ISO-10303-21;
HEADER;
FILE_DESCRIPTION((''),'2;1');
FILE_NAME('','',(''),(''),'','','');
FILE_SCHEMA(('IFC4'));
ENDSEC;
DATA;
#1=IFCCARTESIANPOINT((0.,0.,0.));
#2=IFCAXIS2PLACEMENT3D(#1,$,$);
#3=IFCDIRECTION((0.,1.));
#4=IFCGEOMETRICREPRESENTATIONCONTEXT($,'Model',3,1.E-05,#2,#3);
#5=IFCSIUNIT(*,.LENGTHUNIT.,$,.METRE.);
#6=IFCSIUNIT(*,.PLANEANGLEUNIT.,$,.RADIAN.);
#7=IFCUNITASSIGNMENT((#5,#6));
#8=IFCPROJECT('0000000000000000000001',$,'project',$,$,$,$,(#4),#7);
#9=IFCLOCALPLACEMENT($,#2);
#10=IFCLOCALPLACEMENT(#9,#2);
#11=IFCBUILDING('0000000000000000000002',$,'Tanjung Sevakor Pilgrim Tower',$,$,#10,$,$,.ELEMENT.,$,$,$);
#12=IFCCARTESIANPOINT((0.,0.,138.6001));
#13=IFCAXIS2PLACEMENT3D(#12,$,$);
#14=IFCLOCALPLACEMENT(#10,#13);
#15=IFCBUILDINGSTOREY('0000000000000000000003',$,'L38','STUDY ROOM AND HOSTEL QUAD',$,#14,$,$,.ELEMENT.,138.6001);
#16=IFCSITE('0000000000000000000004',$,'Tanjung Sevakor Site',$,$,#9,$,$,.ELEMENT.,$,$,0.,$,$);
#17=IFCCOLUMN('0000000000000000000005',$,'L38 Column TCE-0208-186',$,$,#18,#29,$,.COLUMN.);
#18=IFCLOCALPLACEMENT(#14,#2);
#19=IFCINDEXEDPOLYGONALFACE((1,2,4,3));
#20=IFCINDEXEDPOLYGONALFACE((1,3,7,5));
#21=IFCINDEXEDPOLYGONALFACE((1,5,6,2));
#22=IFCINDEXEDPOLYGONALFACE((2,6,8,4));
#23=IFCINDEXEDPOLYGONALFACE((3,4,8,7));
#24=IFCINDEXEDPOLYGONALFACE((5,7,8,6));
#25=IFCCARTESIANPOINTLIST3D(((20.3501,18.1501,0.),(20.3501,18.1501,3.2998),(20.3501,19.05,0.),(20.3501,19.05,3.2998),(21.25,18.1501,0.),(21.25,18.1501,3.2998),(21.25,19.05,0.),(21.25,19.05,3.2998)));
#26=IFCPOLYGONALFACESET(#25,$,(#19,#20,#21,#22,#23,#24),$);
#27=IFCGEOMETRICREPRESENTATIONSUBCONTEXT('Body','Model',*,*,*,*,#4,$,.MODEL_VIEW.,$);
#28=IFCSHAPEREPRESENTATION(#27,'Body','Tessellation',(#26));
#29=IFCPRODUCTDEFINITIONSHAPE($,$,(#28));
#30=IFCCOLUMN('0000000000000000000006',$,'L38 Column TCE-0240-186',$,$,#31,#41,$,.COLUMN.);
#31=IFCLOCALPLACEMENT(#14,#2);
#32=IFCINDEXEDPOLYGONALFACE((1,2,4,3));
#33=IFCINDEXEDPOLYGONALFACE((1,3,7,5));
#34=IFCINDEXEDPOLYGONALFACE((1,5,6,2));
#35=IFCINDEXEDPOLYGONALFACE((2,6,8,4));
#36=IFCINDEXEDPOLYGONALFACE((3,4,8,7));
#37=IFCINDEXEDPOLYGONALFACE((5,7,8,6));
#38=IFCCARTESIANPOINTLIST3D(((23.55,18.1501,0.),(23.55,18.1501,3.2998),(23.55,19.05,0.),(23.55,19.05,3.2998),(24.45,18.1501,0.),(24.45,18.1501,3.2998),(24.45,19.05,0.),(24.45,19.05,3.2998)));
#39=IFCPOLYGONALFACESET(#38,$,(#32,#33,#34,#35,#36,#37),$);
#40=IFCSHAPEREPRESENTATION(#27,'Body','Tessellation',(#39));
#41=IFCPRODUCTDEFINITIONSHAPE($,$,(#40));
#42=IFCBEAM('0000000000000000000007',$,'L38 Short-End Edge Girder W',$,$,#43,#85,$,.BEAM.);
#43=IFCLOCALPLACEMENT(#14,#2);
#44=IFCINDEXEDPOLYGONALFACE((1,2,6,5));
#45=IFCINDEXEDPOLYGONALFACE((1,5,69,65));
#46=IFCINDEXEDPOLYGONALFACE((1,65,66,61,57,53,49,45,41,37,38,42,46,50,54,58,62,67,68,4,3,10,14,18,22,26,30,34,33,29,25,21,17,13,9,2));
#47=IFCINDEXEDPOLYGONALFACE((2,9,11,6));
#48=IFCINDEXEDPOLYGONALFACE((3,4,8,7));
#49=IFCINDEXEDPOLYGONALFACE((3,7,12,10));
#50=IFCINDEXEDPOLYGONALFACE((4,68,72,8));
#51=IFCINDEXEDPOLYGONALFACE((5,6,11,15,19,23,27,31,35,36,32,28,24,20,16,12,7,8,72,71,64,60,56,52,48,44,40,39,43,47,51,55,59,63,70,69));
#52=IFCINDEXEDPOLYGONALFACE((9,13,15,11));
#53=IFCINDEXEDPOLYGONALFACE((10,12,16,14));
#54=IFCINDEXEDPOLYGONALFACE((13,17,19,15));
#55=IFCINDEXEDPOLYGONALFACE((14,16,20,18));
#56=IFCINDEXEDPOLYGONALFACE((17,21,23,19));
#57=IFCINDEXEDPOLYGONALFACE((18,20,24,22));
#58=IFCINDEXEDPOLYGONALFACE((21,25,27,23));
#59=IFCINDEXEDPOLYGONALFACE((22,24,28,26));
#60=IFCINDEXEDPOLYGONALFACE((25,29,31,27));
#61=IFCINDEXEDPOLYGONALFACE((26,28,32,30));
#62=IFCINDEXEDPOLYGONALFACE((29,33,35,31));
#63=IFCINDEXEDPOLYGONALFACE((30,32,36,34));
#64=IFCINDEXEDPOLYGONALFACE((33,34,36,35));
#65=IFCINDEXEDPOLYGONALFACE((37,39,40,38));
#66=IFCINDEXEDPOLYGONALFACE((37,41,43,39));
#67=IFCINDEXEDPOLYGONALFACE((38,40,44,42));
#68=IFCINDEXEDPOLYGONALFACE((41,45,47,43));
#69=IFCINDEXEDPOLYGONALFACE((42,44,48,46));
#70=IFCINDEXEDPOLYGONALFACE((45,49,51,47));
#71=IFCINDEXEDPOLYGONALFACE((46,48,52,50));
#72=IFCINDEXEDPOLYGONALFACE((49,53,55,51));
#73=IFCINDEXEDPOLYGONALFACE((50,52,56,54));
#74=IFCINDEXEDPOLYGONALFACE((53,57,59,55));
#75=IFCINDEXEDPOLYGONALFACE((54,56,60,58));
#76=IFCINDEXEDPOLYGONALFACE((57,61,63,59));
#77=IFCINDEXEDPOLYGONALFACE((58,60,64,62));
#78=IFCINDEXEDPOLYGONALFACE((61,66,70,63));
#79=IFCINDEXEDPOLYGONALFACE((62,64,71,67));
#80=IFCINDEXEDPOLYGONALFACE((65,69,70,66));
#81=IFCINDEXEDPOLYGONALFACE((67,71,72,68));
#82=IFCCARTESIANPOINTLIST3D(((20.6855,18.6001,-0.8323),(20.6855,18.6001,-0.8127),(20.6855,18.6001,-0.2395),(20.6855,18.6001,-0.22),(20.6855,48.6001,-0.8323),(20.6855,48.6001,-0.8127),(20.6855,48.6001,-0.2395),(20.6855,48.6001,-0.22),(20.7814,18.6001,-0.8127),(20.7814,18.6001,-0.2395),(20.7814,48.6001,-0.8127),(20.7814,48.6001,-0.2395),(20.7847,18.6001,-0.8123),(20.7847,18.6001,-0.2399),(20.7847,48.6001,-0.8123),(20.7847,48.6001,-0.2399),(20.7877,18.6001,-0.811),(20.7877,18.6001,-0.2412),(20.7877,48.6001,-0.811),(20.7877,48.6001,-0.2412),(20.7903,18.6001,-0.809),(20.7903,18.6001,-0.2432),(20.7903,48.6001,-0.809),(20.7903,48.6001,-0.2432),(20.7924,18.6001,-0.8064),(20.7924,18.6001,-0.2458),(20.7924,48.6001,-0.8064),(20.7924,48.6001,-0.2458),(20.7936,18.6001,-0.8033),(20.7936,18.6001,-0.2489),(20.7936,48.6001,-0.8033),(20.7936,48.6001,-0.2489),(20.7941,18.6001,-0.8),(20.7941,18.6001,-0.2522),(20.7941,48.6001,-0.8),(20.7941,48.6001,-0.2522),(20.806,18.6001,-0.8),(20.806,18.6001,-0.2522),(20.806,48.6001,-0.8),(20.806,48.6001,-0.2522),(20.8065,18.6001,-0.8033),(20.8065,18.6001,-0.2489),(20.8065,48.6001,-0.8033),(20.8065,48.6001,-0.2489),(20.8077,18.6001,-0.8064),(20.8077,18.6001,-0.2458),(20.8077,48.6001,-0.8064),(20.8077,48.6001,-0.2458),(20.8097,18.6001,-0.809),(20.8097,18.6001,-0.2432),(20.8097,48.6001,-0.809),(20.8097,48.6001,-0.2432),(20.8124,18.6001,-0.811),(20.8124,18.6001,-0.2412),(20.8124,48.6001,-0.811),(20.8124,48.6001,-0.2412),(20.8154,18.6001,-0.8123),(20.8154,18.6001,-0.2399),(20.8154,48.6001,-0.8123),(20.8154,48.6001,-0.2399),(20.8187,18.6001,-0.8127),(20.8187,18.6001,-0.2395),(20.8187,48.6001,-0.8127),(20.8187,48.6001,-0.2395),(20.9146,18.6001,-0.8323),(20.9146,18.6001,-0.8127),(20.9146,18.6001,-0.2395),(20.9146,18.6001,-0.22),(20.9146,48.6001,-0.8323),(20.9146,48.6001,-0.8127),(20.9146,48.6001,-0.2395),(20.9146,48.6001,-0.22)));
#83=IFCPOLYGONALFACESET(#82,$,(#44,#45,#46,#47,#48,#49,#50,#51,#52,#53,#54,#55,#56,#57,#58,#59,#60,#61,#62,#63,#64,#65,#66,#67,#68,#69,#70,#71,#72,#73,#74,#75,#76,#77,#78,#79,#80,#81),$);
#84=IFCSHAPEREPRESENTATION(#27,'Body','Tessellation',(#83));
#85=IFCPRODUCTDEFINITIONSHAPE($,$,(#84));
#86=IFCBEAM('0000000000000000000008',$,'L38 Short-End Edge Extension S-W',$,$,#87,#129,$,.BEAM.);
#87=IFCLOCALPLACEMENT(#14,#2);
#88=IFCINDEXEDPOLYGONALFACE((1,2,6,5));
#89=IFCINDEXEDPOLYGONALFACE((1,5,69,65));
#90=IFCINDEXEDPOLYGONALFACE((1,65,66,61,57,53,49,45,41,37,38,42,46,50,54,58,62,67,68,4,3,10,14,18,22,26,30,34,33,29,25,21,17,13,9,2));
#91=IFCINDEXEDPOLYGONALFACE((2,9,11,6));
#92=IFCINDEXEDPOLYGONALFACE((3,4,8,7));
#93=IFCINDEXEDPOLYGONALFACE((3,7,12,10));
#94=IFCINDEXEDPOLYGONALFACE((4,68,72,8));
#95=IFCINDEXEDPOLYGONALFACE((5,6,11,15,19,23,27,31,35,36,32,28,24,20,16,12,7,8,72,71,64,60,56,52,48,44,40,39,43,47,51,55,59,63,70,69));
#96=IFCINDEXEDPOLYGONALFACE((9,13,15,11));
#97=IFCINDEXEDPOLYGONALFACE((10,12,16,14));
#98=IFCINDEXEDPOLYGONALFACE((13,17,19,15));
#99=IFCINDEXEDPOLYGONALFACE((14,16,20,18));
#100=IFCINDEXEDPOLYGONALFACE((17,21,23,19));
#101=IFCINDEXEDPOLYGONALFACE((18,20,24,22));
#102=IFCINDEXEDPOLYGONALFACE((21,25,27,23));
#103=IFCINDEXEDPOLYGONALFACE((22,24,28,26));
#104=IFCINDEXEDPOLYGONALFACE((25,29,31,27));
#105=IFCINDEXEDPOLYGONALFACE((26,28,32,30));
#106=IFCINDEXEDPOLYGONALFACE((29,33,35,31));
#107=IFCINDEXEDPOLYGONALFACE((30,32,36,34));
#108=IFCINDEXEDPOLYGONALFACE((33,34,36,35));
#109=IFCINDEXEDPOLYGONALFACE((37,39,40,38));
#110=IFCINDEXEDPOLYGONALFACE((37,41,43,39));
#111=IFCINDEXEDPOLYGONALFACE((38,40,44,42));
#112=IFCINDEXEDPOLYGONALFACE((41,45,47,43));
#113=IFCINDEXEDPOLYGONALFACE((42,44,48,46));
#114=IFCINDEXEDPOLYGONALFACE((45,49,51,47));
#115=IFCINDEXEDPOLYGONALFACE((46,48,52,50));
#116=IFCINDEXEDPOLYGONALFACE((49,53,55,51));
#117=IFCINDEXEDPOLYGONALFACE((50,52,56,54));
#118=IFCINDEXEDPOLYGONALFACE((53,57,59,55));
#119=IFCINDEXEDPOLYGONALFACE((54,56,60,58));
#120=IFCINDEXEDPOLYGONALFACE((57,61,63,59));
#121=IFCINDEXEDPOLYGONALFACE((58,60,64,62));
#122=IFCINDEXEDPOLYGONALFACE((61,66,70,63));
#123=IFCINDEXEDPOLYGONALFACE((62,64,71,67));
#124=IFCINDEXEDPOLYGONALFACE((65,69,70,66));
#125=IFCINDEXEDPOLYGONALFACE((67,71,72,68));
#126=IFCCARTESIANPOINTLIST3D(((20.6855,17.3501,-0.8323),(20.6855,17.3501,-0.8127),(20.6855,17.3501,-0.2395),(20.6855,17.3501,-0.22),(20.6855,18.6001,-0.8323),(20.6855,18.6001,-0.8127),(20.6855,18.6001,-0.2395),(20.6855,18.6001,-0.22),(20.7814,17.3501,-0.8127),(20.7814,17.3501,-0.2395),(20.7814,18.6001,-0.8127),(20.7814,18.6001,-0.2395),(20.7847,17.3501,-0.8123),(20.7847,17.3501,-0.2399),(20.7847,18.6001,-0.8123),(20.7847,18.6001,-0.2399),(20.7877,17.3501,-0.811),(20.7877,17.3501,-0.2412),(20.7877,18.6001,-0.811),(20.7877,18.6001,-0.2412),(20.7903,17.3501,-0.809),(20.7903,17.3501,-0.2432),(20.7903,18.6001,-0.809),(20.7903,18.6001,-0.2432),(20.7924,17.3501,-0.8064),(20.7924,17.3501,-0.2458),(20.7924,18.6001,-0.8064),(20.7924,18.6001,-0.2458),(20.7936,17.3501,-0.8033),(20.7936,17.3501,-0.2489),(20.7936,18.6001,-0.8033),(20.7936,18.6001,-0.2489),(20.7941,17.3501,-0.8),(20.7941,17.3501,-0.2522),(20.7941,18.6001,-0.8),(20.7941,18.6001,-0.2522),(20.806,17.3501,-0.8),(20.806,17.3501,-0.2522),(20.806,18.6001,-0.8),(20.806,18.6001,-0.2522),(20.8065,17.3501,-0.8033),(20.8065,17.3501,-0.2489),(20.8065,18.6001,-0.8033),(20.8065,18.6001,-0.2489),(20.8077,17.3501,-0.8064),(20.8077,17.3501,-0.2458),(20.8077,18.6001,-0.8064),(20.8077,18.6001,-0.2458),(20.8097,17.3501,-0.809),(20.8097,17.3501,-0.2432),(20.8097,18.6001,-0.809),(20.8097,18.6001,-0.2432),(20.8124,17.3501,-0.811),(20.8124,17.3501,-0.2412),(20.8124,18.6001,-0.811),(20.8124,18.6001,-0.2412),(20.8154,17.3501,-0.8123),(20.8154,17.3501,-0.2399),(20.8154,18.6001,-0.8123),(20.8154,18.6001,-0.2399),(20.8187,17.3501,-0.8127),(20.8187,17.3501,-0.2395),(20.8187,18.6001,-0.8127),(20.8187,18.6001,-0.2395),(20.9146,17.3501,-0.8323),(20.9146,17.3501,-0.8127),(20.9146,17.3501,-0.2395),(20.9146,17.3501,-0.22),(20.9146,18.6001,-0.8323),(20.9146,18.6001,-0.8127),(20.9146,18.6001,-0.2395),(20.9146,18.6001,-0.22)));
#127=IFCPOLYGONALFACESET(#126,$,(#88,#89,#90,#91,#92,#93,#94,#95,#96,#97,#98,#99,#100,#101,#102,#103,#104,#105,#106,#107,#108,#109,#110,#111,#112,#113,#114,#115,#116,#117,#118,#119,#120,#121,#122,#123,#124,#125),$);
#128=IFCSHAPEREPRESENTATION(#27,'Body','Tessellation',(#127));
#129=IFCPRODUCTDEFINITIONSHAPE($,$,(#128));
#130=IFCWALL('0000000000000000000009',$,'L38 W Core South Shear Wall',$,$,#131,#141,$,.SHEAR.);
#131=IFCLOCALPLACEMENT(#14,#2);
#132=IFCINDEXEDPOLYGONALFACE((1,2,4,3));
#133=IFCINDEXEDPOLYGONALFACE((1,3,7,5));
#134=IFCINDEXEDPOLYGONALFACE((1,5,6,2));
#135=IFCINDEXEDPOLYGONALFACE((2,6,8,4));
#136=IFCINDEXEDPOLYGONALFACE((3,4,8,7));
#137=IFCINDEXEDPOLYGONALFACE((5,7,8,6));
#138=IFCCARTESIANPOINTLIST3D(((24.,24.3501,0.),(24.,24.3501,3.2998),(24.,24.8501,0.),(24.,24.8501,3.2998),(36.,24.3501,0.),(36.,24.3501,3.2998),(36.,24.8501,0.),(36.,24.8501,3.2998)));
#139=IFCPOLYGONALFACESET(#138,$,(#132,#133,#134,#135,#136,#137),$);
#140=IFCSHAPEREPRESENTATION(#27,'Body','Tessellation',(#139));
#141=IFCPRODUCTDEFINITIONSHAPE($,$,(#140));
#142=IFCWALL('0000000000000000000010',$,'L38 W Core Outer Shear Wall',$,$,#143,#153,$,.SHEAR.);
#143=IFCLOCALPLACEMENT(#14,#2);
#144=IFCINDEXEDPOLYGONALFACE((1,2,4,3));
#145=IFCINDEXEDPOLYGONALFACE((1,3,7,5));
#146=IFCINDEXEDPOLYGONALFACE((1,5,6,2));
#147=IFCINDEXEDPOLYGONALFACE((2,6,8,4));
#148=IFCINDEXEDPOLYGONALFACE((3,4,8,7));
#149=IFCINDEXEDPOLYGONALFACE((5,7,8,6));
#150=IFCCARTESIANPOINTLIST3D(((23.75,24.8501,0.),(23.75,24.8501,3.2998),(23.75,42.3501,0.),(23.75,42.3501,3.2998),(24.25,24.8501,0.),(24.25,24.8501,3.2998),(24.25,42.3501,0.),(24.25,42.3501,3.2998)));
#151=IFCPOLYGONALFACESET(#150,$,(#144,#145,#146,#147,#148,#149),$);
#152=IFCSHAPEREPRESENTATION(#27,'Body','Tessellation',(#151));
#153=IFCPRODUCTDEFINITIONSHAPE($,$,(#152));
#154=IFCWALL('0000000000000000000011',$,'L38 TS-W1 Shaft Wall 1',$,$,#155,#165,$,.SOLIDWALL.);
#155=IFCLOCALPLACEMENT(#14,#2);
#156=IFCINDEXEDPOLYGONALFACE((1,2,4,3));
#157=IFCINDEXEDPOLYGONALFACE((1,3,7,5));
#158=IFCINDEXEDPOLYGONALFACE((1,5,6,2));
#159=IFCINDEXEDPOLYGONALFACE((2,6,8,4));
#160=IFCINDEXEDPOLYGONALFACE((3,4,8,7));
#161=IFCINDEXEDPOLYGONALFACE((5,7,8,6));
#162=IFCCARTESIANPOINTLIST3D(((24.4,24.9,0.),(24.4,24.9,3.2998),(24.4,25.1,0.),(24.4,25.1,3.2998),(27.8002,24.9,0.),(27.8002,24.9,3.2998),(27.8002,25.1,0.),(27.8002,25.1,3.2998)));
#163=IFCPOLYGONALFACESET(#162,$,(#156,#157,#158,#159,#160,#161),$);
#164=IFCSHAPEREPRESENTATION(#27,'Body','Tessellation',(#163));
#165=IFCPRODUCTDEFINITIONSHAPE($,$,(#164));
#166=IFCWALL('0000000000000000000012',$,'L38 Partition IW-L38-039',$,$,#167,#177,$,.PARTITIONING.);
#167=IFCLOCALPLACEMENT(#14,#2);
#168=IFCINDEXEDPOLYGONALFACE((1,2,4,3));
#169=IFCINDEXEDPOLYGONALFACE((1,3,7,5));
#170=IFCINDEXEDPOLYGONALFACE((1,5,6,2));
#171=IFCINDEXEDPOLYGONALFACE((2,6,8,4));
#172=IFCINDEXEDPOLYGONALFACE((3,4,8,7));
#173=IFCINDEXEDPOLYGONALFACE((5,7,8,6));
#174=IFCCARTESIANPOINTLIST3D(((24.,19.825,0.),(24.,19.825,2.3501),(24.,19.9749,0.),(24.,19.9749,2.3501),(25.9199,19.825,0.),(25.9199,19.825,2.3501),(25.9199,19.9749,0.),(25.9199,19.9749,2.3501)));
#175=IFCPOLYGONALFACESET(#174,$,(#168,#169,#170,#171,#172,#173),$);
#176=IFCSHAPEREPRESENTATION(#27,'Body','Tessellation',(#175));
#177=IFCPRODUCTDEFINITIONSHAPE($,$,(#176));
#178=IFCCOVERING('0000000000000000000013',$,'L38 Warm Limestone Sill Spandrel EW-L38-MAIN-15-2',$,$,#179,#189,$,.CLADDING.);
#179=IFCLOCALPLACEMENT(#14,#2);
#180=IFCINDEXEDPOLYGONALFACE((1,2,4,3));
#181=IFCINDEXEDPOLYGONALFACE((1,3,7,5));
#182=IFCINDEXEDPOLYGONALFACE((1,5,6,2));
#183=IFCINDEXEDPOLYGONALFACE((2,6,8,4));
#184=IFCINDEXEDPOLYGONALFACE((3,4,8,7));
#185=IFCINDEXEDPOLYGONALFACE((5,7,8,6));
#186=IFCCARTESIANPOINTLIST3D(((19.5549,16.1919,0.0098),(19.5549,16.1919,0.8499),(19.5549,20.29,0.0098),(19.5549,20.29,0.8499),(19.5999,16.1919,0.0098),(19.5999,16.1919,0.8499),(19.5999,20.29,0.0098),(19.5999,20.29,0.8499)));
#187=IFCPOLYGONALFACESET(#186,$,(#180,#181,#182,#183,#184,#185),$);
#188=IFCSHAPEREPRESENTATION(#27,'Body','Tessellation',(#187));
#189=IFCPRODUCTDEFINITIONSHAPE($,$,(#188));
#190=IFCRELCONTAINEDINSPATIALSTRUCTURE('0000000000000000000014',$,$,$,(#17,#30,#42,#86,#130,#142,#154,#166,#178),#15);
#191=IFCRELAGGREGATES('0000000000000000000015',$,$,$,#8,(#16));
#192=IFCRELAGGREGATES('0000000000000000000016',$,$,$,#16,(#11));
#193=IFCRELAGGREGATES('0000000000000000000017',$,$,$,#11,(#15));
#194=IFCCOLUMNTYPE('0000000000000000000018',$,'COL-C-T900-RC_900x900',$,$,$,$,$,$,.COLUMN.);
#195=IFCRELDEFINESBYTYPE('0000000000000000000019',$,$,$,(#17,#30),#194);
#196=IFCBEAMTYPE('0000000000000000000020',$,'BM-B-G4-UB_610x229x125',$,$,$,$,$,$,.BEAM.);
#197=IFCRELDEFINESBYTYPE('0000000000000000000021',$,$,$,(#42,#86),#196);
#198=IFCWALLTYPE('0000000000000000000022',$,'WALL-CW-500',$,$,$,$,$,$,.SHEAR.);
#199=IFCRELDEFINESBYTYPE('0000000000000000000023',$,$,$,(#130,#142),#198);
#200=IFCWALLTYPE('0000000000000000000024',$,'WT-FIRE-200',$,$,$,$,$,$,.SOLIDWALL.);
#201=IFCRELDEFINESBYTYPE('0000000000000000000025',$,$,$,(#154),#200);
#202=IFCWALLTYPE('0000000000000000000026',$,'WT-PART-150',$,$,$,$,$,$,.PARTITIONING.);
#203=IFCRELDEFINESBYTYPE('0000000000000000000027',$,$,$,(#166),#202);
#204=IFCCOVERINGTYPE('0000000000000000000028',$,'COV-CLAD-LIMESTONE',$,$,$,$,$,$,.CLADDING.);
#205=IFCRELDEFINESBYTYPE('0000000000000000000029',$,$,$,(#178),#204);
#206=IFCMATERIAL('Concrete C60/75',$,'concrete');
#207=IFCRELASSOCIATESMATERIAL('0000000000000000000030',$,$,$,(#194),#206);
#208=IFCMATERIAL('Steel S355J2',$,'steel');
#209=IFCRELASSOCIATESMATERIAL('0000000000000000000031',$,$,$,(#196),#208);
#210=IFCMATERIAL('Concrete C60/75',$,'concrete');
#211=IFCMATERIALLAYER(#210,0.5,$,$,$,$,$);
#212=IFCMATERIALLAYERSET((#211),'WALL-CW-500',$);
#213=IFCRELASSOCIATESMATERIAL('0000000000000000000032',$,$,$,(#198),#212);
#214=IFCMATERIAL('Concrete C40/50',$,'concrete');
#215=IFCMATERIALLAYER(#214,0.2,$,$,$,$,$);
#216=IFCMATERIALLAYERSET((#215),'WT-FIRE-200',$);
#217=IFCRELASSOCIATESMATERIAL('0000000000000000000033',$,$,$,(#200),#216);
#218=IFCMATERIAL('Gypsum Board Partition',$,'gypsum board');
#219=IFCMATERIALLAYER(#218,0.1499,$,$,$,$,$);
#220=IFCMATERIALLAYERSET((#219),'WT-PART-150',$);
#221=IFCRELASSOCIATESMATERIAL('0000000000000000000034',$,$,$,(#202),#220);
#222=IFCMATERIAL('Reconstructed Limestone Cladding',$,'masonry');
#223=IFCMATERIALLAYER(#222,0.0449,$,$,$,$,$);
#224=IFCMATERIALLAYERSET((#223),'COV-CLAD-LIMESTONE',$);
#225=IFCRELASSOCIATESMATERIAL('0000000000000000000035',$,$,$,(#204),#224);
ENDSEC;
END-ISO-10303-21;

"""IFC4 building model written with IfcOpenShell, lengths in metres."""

from ifc_helpers import new_model, si_unit, direction, frame, frame_2d, origin, origin_2d, place, context, subcontext, project, spatial, rectangle, i_section, extrude, material, layer, layer_set, material_profile, profile_set, type_object, element, save


model = new_model("IFC4")

# Units and contexts
model_context = context("Model", 3, precision=1e-05, world=origin(), true_north=direction((0.0, 1.0)))
body_context = subcontext(model_context, "Body", "Model", "MODEL_VIEW")
ifc_project = project(units=[si_unit("LENGTHUNIT", "METRE"), si_unit("PLANEANGLEUNIT", "RADIAN")], contexts=[model_context])

# Site, building, storey
site_placement = place(None, origin())
site = spatial("IfcSite", under=ifc_project, at=site_placement, Name="Tanjung Sevakor Site", CompositionType="ELEMENT", RefElevation=0.0)
building_placement = place(site_placement, origin())
building = spatial("IfcBuilding", under=site, at=building_placement, Name="Tanjung Sevakor Pilgrim Tower", CompositionType="ELEMENT")
storey_placement = place(building_placement, frame((0.0, 0.0, 138.6001)))
storey = spatial("IfcBuildingStorey", under=building, at=storey_placement, Name="L38", Description="STUDY ROOM AND HOSTEL QUAD", CompositionType="ELEMENT", Elevation=138.6001)

# Columns
ifc_material_1 = material(Name="Concrete C60/75", Category="concrete")
ifc_material_profile_1 = material_profile(ifc_material_1, rectangle(XDim=0.8999, YDim=0.8999, at=origin_2d()))
ifc_profile_set_1 = profile_set([ifc_material_profile_1], Name="Concrete C60/75")
column_type = type_object("IfcColumnType", Name="COL-C-T900-RC_900x900", PredefinedType="COLUMN", material=ifc_profile_set_1)
for number, where, z_axis, x_axis, name in (
    (1, (20.8, 18.6001, 0.0), (0.0, 0.0, 1.0), (1.0, 0.0, 0.0), "L38 Column TCE-0208-186"),
    (2, (24.0, 18.6001, 0.0), (0.0, 0.0, 1.0), (1.0, 0.0, 0.0), "L38 Column TCE-0240-186"),
):
    element("IfcColumn", number, at=place(storey_placement, frame(where, z_axis=z_axis, x_axis=x_axis)), inside=storey, type_object=column_type, Name=name, PredefinedType="COLUMN", context=body_context, shape_type="SweptSolid", body=[
        extrude(rectangle(XDim=0.8999, YDim=0.8999, at=origin_2d()), origin(), (0.0, 0.0, 1.0), 3.2998),
    ])

# Beams
ifc_material_2 = material(Name="Steel S355J2", Category="steel")
ifc_material_profile_2 = material_profile(ifc_material_2, i_section(OverallWidth=0.229, OverallDepth=0.6123, WebThickness=0.012, FlangeThickness=0.0195, FilletRadius=0.0127, at=origin_2d()))
ifc_profile_set_2 = profile_set([ifc_material_profile_2], Name="Steel S355J2")
beam_type = type_object("IfcBeamType", Name="BM-B-G4-UB_610x229x125", PredefinedType="BEAM", material=ifc_profile_set_2)
beam_1_placement = place(storey_placement, frame((20.8, 18.6001, -0.5261), z_axis=(0.0, 1.0, 0.0), x_axis=(-1.0, 0.0, 0.0)))
element("IfcBeam", 3, at=beam_1_placement, inside=storey, type_object=beam_type, Name="L38 Short-End Edge Girder W", PredefinedType="BEAM", context=body_context, shape_type="SweptSolid", body=[
    extrude(i_section(OverallWidth=0.229, OverallDepth=0.6123, WebThickness=0.012, FlangeThickness=0.0195, FilletRadius=0.0127, at=origin_2d()), origin(), (0.0, 0.0, 1.0), 30.0),
])
beam_2_placement = place(storey_placement, frame((20.8, 18.6001, -0.5261), z_axis=(0.0, -1.0, 0.0), x_axis=(1.0, 0.0, 0.0)))
element("IfcBeam", 4, at=beam_2_placement, inside=storey, type_object=beam_type, Name="L38 Short-End Edge Extension S-W", PredefinedType="BEAM", context=body_context, shape_type="SweptSolid", body=[
    extrude(i_section(OverallWidth=0.229, OverallDepth=0.6123, WebThickness=0.012, FlangeThickness=0.0195, FilletRadius=0.0127, at=origin_2d()), origin(), (0.0, 0.0, 1.0), 1.25),
])

# Walls
ifc_material_3 = material(Name="Concrete C60/75", Category="concrete")
ifc_layer_1 = layer(ifc_material_3, 0.5)
ifc_layer_set_1 = layer_set([ifc_layer_1], Name="WALL-CW-500")
wall_type_1 = type_object("IfcWallType", Name="WALL-CW-500", PredefinedType="SHEAR", material=ifc_layer_set_1)
wall_1_placement = place(storey_placement, frame((24.0, 24.6001, 0.0), z_axis=(0.0, 0.0, 1.0), x_axis=(1.0, 0.0, 0.0)))
element("IfcWall", 5, at=wall_1_placement, inside=storey, type_object=wall_type_1, Name="L38 W Core South Shear Wall", PredefinedType="SHEAR", context=body_context, shape_type="SweptSolid", body=[
    extrude(rectangle(XDim=12.0, YDim=0.5, at=frame_2d((6.0, 0.0))), origin(), (0.0, 0.0, 1.0), 3.2998),
])
wall_2_placement = place(storey_placement, frame((24.0, 24.8501, 0.0), z_axis=(0.0, 0.0, 1.0), x_axis=(0.0, 1.0, 0.0)))
element("IfcWall", 6, at=wall_2_placement, inside=storey, type_object=wall_type_1, Name="L38 W Core Outer Shear Wall", PredefinedType="SHEAR", context=body_context, shape_type="SweptSolid", body=[
    extrude(rectangle(XDim=17.5, YDim=0.5, at=frame_2d((8.75, 0.0))), origin(), (0.0, 0.0, 1.0), 3.2998),
])

# Walls
ifc_material_4 = material(Name="Concrete C40/50", Category="concrete")
ifc_layer_2 = layer(ifc_material_4, 0.2)
ifc_layer_set_2 = layer_set([ifc_layer_2], Name="WT-FIRE-200")
wall_type_2 = type_object("IfcWallType", Name="WT-FIRE-200", PredefinedType="SOLIDWALL", material=ifc_layer_set_2)
wall_3_placement = place(storey_placement, frame((24.3999, 25.0, 0.0), z_axis=(0.0, 0.0, 1.0), x_axis=(1.0, 0.0, 0.0)))
element("IfcWall", 7, at=wall_3_placement, inside=storey, type_object=wall_type_2, Name="L38 TS-W1 Shaft Wall 1", PredefinedType="SOLIDWALL", context=body_context, shape_type="SweptSolid", body=[
    extrude(rectangle(XDim=3.4001, YDim=0.2, at=frame_2d((1.7002, 0.0))), origin(), (0.0, 0.0, 1.0), 3.2998),
])
ifc_material_5 = material(Name="Gypsum Board Partition", Category="gypsum board")
ifc_layer_3 = layer(ifc_material_5, 0.1499)
ifc_layer_set_3 = layer_set([ifc_layer_3], Name="WT-PART-150")
wall_type_3 = type_object("IfcWallType", Name="WT-PART-150", PredefinedType="PARTITIONING", material=ifc_layer_set_3)
wall_4_placement = place(storey_placement, frame((24.0, 19.8999, 0.0), z_axis=(0.0, 0.0, 1.0), x_axis=(1.0, 0.0, 0.0)))
element("IfcWall", 8, at=wall_4_placement, inside=storey, type_object=wall_type_3, Name="L38 Partition IW-L38-039", PredefinedType="PARTITIONING", context=body_context, shape_type="SweptSolid", body=[
    extrude(rectangle(XDim=1.9199, YDim=0.1499, at=frame_2d((0.96, 0.0))), origin(), (0.0, 0.0, 1.0), 2.3501),
])

# Covering
ifc_material_6 = material(Name="Reconstructed Limestone Cladding", Category="masonry")
ifc_layer_4 = layer(ifc_material_6, 0.0449)
ifc_layer_set_4 = layer_set([ifc_layer_4], Name="COV-CLAD-LIMESTONE")
covering_type = type_object("IfcCoveringType", Name="COV-CLAD-LIMESTONE", PredefinedType="CLADDING", material=ifc_layer_set_4)
covering_placement = place(storey_placement, frame((19.5774, 18.241, 0.0098), z_axis=(0.0, 0.0, 1.0), x_axis=(0.0, -1.0, 0.0)))
element("IfcCovering", 9, at=covering_placement, inside=storey, type_object=covering_type, Name="L38 Warm Limestone Sill Spandrel EW-L38-MAIN-15-2", PredefinedType="CLADDING", context=body_context, shape_type="SweptSolid", body=[
    extrude(rectangle(XDim=4.0981, YDim=0.0449, at=origin_2d()), origin(), (0.0, 0.0, 1.0), 0.8401),
])

save(model, "model.ifc")
